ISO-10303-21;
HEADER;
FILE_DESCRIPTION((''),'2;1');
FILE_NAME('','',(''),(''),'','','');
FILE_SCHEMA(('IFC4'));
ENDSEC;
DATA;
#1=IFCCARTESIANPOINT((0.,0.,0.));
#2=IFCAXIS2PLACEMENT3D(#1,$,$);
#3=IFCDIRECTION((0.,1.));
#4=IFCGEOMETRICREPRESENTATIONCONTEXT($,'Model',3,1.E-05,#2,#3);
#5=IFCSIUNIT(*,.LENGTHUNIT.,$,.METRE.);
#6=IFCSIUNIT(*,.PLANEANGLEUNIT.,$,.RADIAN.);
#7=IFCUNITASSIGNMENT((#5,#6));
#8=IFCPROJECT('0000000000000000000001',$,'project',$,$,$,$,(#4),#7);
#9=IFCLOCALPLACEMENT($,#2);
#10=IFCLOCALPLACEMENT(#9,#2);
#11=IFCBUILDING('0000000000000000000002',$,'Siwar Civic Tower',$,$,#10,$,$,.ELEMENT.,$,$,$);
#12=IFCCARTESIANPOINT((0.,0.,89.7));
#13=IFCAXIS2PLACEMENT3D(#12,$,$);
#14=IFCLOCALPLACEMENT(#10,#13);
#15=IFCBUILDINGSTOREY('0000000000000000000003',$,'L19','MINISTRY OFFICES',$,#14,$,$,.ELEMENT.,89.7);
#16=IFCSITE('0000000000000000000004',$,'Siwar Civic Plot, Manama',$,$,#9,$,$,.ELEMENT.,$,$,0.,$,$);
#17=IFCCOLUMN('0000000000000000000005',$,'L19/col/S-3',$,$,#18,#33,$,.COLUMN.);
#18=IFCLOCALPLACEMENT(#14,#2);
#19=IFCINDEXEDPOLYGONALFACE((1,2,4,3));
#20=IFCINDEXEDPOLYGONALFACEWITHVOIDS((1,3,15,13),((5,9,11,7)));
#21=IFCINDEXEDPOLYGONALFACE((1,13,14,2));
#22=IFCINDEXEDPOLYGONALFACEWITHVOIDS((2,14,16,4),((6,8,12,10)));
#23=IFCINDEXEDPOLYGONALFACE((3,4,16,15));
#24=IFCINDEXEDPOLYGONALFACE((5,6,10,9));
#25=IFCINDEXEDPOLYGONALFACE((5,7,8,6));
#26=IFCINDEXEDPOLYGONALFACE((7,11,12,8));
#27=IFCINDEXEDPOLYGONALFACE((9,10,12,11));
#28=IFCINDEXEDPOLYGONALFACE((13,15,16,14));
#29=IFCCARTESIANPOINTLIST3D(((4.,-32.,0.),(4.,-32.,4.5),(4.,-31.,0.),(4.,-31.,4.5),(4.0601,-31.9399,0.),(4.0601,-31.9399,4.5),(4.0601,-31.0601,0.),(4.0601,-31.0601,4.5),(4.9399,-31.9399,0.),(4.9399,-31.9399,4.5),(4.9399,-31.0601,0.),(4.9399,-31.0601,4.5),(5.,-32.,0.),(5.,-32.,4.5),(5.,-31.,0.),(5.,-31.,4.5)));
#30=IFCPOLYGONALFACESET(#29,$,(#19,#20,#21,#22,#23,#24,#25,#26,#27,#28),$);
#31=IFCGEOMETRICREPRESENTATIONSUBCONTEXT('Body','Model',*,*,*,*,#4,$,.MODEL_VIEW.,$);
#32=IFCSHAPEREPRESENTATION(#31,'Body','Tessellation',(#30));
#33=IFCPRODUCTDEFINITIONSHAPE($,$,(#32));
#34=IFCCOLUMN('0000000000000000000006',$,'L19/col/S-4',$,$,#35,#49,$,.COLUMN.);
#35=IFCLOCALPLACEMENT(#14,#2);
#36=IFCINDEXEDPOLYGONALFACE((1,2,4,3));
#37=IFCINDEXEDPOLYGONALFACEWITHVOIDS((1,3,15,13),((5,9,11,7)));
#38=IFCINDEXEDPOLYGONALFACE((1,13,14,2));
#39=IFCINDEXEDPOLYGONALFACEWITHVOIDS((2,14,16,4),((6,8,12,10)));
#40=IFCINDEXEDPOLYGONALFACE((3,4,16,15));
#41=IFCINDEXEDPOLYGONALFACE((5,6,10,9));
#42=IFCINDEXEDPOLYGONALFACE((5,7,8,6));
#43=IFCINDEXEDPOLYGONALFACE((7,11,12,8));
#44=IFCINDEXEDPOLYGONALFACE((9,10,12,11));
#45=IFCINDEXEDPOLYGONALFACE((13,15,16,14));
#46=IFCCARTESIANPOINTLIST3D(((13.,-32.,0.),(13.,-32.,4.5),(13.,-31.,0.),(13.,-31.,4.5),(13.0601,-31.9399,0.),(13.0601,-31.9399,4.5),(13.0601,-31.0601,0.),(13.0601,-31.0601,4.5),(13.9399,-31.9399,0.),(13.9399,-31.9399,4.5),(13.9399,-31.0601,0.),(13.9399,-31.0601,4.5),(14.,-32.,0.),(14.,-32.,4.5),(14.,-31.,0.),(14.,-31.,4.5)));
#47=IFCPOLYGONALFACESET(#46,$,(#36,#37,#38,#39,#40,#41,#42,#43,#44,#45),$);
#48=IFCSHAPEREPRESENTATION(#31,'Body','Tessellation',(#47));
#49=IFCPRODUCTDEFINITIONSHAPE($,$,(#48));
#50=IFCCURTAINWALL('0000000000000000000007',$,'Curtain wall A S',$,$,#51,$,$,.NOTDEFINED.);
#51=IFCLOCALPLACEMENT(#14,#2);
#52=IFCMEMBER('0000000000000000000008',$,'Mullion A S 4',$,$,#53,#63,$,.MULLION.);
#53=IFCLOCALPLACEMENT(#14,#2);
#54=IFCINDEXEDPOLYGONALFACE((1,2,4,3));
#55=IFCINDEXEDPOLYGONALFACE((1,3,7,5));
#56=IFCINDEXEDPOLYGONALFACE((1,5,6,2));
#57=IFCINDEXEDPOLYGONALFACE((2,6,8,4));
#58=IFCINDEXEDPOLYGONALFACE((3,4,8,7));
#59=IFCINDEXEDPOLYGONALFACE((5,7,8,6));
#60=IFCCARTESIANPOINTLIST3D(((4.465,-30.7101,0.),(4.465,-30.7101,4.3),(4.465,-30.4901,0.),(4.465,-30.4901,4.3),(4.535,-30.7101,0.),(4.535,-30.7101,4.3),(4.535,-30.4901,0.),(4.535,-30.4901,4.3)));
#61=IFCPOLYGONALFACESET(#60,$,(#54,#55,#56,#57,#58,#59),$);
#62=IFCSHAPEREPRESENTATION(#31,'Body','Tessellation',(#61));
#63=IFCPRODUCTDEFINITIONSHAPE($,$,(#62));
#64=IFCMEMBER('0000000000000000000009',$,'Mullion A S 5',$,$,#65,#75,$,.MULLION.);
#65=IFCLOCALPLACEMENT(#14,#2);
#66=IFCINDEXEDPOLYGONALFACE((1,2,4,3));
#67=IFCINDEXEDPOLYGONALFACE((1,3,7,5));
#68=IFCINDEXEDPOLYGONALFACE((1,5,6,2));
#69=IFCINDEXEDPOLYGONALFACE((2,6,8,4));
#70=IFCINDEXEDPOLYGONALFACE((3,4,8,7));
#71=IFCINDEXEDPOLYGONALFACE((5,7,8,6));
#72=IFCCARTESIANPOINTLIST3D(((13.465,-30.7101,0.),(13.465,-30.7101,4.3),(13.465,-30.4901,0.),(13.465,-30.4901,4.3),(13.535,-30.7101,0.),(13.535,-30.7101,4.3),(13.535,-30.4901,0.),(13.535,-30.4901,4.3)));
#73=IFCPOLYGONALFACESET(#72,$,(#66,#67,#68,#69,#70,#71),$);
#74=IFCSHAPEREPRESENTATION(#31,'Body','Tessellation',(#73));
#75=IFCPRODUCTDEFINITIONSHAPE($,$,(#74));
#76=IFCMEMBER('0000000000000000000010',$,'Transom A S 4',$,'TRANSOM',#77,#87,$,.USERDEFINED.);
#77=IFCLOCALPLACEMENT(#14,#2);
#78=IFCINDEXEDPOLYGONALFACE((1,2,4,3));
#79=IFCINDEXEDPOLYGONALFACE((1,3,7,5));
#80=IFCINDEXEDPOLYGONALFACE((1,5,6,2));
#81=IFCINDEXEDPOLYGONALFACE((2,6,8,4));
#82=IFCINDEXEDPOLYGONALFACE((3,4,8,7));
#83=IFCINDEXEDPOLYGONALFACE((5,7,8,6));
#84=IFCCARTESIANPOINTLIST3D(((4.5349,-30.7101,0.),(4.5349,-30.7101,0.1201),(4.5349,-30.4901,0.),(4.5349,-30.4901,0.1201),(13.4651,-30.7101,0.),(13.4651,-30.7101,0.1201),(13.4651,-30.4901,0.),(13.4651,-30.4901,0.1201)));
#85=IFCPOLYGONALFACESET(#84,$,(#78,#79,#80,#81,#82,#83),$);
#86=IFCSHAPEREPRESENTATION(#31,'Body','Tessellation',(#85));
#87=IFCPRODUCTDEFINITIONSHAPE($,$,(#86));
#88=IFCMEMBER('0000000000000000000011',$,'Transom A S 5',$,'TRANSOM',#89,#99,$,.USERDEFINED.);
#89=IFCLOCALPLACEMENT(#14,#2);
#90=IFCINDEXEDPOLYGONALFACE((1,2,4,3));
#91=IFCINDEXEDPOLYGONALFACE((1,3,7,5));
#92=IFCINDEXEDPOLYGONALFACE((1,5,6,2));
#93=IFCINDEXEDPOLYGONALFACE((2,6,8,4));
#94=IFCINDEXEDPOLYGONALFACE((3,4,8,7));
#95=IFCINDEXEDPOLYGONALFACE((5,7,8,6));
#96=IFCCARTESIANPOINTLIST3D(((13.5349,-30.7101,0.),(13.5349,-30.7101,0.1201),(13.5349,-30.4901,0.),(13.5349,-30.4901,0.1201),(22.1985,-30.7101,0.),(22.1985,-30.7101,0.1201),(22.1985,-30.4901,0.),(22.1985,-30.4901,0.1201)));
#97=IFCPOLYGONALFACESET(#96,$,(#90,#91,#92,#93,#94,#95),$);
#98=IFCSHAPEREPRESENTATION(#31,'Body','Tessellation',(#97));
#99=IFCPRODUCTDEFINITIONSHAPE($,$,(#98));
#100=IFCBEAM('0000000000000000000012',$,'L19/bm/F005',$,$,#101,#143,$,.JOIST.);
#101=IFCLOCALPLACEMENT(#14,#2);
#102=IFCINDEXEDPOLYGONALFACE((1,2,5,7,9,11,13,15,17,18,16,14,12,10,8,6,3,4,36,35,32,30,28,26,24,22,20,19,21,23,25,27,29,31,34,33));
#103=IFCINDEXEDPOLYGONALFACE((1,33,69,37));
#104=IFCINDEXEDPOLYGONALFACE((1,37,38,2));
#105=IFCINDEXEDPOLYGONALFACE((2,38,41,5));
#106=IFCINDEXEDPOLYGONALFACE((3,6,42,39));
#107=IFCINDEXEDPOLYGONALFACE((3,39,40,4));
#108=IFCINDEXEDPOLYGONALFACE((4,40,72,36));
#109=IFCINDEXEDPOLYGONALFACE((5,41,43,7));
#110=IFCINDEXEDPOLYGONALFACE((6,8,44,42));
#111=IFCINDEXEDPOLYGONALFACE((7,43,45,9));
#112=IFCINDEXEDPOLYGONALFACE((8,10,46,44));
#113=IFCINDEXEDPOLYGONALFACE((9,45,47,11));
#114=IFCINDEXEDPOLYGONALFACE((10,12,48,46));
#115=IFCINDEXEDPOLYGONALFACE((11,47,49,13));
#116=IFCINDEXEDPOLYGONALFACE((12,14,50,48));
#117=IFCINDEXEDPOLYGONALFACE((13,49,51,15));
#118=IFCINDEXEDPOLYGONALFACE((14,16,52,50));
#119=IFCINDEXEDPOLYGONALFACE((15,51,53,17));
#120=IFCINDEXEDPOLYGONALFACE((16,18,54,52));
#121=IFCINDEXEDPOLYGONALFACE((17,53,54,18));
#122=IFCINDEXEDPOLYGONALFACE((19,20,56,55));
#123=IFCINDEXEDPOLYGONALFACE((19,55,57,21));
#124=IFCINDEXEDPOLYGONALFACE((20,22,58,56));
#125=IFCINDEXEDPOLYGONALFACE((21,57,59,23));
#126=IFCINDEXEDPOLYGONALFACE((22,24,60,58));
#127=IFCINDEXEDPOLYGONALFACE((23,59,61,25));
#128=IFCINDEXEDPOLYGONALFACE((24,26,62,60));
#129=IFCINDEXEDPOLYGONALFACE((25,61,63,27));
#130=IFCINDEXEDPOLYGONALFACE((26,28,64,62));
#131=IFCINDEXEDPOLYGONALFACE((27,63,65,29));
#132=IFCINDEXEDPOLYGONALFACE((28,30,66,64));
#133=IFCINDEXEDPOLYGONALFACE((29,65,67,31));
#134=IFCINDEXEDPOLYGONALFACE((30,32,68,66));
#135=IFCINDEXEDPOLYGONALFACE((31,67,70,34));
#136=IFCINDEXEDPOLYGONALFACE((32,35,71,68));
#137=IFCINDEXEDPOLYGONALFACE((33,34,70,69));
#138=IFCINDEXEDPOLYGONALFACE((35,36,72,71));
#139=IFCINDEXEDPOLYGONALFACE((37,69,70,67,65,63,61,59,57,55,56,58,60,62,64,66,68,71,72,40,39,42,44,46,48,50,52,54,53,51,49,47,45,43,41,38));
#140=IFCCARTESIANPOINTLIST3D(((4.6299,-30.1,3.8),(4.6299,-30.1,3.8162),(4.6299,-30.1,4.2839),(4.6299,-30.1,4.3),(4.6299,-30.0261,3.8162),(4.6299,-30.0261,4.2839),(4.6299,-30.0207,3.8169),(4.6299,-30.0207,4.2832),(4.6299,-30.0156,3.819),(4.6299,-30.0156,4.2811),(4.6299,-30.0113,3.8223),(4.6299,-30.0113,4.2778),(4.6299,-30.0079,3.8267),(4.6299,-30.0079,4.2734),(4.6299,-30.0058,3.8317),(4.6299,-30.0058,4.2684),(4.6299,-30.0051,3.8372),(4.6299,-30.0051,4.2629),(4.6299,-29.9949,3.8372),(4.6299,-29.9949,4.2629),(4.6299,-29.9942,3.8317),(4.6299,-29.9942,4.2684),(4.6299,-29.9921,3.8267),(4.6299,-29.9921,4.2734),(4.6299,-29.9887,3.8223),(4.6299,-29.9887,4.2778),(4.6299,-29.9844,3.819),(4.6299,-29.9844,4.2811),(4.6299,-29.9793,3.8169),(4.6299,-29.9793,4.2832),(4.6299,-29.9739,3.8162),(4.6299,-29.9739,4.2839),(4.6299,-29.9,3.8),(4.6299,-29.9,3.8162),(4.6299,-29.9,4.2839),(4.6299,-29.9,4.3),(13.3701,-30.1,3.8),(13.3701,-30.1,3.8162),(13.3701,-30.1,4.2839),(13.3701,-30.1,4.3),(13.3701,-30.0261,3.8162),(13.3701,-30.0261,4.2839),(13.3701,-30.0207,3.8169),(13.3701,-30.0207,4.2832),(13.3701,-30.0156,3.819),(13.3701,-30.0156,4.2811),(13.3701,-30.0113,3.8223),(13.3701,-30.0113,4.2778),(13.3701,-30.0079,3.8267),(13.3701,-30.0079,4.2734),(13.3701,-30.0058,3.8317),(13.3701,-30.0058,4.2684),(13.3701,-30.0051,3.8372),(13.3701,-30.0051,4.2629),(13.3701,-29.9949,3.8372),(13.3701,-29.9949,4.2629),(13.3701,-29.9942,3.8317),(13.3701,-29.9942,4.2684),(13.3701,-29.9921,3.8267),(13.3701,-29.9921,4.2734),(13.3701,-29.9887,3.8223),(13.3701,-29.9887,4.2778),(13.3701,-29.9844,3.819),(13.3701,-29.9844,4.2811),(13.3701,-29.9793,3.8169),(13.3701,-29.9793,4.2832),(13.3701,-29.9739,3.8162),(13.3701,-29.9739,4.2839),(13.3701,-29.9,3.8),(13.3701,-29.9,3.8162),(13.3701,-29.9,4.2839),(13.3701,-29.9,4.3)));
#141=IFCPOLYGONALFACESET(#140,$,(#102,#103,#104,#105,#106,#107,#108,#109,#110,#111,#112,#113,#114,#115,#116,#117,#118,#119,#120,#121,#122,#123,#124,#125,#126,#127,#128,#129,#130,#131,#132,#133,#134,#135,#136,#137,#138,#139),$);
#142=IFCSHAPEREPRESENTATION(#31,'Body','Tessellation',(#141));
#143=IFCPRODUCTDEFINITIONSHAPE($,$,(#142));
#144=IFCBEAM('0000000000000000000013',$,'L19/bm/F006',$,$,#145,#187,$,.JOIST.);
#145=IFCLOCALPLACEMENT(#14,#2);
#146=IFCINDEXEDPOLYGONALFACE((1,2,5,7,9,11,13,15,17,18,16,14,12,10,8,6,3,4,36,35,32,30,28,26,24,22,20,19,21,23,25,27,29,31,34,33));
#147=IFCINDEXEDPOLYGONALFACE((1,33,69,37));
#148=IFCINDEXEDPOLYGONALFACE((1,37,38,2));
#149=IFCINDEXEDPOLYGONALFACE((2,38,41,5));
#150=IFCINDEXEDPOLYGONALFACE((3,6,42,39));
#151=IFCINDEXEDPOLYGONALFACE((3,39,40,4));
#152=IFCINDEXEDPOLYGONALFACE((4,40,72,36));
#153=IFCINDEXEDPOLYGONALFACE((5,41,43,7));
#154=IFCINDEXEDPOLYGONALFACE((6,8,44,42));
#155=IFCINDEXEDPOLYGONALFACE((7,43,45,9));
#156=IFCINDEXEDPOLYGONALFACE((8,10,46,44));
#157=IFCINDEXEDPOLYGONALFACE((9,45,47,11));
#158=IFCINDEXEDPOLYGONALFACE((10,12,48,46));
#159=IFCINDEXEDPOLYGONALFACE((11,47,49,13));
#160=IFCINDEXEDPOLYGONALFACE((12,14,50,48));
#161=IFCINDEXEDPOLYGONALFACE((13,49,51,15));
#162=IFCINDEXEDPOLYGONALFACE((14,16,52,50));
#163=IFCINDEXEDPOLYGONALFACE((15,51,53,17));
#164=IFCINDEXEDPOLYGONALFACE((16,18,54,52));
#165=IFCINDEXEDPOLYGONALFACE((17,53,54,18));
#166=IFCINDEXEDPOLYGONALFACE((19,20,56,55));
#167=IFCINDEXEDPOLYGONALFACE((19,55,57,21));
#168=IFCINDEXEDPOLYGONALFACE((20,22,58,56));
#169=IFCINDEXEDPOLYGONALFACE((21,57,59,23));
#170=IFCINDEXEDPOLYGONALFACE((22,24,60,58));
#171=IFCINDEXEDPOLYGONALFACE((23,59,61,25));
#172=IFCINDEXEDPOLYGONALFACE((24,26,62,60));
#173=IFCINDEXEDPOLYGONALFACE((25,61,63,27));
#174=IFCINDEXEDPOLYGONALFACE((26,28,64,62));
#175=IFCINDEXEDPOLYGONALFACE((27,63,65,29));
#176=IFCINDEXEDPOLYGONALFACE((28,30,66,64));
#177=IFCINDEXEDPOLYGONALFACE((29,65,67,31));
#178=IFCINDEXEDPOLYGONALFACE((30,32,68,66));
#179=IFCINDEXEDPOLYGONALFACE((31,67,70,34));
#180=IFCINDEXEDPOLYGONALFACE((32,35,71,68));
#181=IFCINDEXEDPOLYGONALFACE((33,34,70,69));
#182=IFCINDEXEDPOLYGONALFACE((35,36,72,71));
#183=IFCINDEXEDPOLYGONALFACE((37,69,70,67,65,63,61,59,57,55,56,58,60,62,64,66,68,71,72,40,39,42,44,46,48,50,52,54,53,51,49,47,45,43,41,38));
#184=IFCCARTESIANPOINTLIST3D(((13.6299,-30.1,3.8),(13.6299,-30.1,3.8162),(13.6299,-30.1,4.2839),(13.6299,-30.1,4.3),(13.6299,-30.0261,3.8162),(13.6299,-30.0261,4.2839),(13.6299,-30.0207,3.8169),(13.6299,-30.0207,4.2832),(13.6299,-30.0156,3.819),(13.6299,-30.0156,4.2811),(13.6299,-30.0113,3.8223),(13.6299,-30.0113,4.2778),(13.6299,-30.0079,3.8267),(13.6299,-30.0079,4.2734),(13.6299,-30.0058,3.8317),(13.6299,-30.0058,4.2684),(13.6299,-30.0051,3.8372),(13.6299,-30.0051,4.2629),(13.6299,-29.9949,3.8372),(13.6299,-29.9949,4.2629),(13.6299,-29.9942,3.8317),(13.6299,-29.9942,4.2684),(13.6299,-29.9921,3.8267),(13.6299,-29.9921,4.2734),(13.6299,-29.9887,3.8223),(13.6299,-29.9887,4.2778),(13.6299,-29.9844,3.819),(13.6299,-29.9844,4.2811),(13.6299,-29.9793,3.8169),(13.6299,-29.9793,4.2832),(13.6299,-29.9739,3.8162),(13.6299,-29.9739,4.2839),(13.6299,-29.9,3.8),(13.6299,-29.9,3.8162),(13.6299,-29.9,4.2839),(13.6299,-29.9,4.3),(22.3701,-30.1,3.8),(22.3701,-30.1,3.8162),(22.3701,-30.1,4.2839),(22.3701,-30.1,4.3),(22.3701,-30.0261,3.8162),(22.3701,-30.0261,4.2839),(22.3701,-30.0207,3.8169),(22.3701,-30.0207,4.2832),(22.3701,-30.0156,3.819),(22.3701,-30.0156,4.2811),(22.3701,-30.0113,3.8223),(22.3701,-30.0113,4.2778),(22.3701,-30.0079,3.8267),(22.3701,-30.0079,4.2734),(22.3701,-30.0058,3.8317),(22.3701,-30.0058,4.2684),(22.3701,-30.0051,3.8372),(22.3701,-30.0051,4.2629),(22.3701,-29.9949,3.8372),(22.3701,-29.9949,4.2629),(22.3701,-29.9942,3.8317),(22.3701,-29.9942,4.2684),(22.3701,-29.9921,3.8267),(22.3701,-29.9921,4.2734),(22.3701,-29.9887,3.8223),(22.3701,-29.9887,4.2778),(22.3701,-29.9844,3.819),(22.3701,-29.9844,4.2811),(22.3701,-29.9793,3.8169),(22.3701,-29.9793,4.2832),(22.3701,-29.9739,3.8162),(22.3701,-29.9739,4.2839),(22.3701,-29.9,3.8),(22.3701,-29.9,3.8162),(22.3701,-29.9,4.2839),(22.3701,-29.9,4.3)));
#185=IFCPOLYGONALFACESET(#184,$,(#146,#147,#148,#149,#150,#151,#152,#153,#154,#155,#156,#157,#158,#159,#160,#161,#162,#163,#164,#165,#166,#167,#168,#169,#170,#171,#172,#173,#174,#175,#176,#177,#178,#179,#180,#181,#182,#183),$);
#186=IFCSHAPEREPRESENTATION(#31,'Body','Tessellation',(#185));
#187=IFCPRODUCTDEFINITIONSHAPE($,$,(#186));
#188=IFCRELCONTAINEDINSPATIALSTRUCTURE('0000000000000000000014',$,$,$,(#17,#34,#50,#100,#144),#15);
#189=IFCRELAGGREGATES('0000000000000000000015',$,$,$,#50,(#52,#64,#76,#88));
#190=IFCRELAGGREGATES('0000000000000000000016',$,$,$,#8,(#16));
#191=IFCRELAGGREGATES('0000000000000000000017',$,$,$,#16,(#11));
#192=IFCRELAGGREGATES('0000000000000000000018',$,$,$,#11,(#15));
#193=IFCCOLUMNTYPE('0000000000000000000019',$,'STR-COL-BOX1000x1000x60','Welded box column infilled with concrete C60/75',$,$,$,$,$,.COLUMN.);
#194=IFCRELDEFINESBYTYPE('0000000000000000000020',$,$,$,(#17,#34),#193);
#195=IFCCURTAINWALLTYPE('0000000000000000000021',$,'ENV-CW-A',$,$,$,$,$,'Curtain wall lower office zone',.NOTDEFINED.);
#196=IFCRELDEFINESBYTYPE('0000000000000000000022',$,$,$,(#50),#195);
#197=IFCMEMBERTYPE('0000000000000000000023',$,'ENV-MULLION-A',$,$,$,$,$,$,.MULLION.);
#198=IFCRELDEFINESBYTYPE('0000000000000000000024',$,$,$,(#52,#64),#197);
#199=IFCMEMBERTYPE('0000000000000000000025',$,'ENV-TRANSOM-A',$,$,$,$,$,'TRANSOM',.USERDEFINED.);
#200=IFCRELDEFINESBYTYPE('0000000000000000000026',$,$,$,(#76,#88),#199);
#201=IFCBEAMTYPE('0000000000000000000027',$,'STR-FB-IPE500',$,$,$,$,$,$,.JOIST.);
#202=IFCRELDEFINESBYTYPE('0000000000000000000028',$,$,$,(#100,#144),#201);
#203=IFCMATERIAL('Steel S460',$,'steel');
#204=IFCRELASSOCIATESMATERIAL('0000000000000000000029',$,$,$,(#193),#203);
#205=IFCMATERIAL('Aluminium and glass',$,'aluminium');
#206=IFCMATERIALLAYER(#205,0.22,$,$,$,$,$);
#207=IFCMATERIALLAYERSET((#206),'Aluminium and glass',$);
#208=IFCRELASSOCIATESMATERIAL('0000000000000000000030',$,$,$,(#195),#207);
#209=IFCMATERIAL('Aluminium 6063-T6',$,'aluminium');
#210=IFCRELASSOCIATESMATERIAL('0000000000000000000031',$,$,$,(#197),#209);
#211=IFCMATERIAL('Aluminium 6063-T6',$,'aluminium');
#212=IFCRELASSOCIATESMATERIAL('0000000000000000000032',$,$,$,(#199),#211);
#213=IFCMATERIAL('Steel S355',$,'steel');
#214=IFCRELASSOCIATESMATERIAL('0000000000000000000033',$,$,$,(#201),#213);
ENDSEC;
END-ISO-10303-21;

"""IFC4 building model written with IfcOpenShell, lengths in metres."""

from ifc_helpers import new_model, si_unit, direction, frame, origin, origin_2d, place, context, subcontext, project, spatial, rectangle, hollow_rectangle, i_section, extrude, material, layer, layer_set, material_profile, profile_set, type_object, element, aggregate, save


model = new_model("IFC4")

# Units and contexts
model_context = context("Model", 3, precision=1e-05, world=origin(), true_north=direction((0.0, 1.0)))
body_context = subcontext(model_context, "Body", "Model", "MODEL_VIEW")
ifc_project = project(units=[si_unit("LENGTHUNIT", "METRE"), si_unit("PLANEANGLEUNIT", "RADIAN")], contexts=[model_context])

# Site, building, storey
site_placement = place(None, origin())
site = spatial("IfcSite", under=ifc_project, at=site_placement, Name="Siwar Civic Plot, Manama", CompositionType="ELEMENT", RefElevation=0.0)
building_placement = place(site_placement, origin())
building = spatial("IfcBuilding", under=site, at=building_placement, Name="Siwar Civic Tower", CompositionType="ELEMENT")
storey_placement = place(building_placement, frame((0.0, 0.0, 89.7)))
storey = spatial("IfcBuildingStorey", under=building, at=storey_placement, Name="L19", Description="MINISTRY OFFICES", CompositionType="ELEMENT", Elevation=89.7)

# Columns
ifc_material_1 = material(Name="Steel S460", Category="steel")
ifc_material_profile_1 = material_profile(ifc_material_1, hollow_rectangle(XDim=1.0, YDim=1.0, WallThickness=0.0601, at=origin_2d()), Name="BOX1000x1000x60")
ifc_profile_set_1 = profile_set([ifc_material_profile_1], Name="Steel S460")
column_type = type_object("IfcColumnType", Name="STR-COL-BOX1000x1000x60", Description="Welded box column infilled with concrete C60/75", PredefinedType="COLUMN", material=ifc_profile_set_1)
for number, where, z_axis, x_axis, name in (
    (1, (4.5, -31.5, 0.0), (0.0, 0.0, 1.0), (1.0, 0.0, 0.0), "L19/col/S-3"),
    (2, (13.5, -31.5, 0.0), (0.0, 0.0, 1.0), (1.0, 0.0, 0.0), "L19/col/S-4"),
):
    element("IfcColumn", number, at=place(storey_placement, frame(where, z_axis=z_axis, x_axis=x_axis)), inside=storey, type_object=column_type, Name=name, PredefinedType="COLUMN", context=body_context, shape_type="SweptSolid", body=[
        extrude(hollow_rectangle(XDim=1.0, YDim=1.0, WallThickness=0.0601, at=origin_2d()), origin(), (0.0, 0.0, 1.0), 4.5),
    ])

# Curtain wall, members
ifc_material_2 = material(Name="Aluminium and glass", Category="aluminium")
ifc_layer_1 = layer(ifc_material_2, 0.22)
ifc_layer_set_1 = layer_set([ifc_layer_1], Name="Aluminium and glass")
curtain_wall_type = type_object("IfcCurtainWallType", Name="ENV-CW-A", ElementType="Curtain wall lower office zone", PredefinedType="NOTDEFINED", material=ifc_layer_set_1)
curtain_wall_placement = place(storey_placement, origin())
curtain_wall = element("IfcCurtainWall", 3, at=curtain_wall_placement, inside=storey, type_object=curtain_wall_type, Name="Curtain wall A S", PredefinedType="NOTDEFINED")
ifc_material_3 = material(Name="Aluminium 6063-T6", Category="aluminium")
ifc_material_profile_2 = material_profile(ifc_material_3, rectangle(XDim=0.22, YDim=0.0701, at=origin_2d()), Name="AL 220x70")
ifc_profile_set_2 = profile_set([ifc_material_profile_2], Name="Aluminium 6063-T6")
member_type_1 = type_object("IfcMemberType", Name="ENV-MULLION-A", PredefinedType="MULLION", material=ifc_profile_set_2)
member_1_placement = place(storey_placement, frame((4.5, -30.6001, 0.0), z_axis=(0.0, 0.0, 1.0), x_axis=(0.0, 1.0, 0.0)))
member_1 = element("IfcMember", 4, at=member_1_placement, type_object=member_type_1, Name="Mullion A S 4", PredefinedType="MULLION", context=body_context, shape_type="SweptSolid", body=[
    extrude(rectangle(XDim=0.22, YDim=0.0701, at=origin_2d()), origin(), (0.0, 0.0, 1.0), 4.3),
])
member_2_placement = place(storey_placement, frame((13.5, -30.6001, 0.0), z_axis=(0.0, 0.0, 1.0), x_axis=(0.0, 1.0, 0.0)))
member_2 = element("IfcMember", 5, at=member_2_placement, type_object=member_type_1, Name="Mullion A S 5", PredefinedType="MULLION", context=body_context, shape_type="SweptSolid", body=[
    extrude(rectangle(XDim=0.22, YDim=0.0701, at=origin_2d()), origin(), (0.0, 0.0, 1.0), 4.3),
])
ifc_material_4 = material(Name="Aluminium 6063-T6", Category="aluminium")
ifc_material_profile_3 = material_profile(ifc_material_4, rectangle(XDim=0.22, YDim=0.1201, at=origin_2d()), Name="AL 220x120")
ifc_profile_set_3 = profile_set([ifc_material_profile_3], Name="Aluminium 6063-T6")
member_type_2 = type_object("IfcMemberType", Name="ENV-TRANSOM-A", ElementType="TRANSOM", PredefinedType="USERDEFINED", material=ifc_profile_set_3)
member_3_placement = place(storey_placement, frame((4.5349, -30.6001, 0.0601), z_axis=(1.0, 0.0, 0.0), x_axis=(0.0, 1.0, 0.0)))
member_3 = element("IfcMember", 6, at=member_3_placement, type_object=member_type_2, Name="Transom A S 4", ObjectType="TRANSOM", PredefinedType="USERDEFINED", context=body_context, shape_type="SweptSolid", body=[
    extrude(rectangle(XDim=0.22, YDim=0.1201, at=origin_2d()), origin(), (0.0, 0.0, 1.0), 8.9302),
])
member_4_placement = place(storey_placement, frame((13.5349, -30.6001, 0.0601), z_axis=(1.0, 0.0, 0.0), x_axis=(0.0, 1.0, 0.0)))
member_4 = element("IfcMember", 7, at=member_4_placement, type_object=member_type_2, Name="Transom A S 5", ObjectType="TRANSOM", PredefinedType="USERDEFINED", context=body_context, shape_type="SweptSolid", body=[
    extrude(rectangle(XDim=0.22, YDim=0.1201, at=origin_2d()), origin(), (0.0, 0.0, 1.0), 8.6636),
])

# Beams
ifc_material_5 = material(Name="Steel S355", Category="steel")
ifc_material_profile_4 = material_profile(ifc_material_5, i_section(OverallWidth=0.2, OverallDepth=0.5, WebThickness=0.0103, FlangeThickness=0.0161, FilletRadius=0.021, at=origin_2d()), Name="IPE500")
ifc_profile_set_4 = profile_set([ifc_material_profile_4], Name="Steel S355")
beam_type_1 = type_object("IfcBeamType", Name="STR-FB-IPE500", PredefinedType="JOIST", material=ifc_profile_set_4)
for number, where, z_axis, x_axis, name in (
    (8, (4.6299, -30.0, 4.05), (1.0, 0.0, 0.0), (0.0, 1.0, 0.0), "L19/bm/F005"),
    (9, (13.6299, -30.0, 4.05), (1.0, 0.0, 0.0), (0.0, 1.0, 0.0), "L19/bm/F006"),
):
    element("IfcBeam", number, at=place(storey_placement, frame(where, z_axis=z_axis, x_axis=x_axis)), inside=storey, type_object=beam_type_1, Name=name, PredefinedType="JOIST", context=body_context, shape_type="SweptSolid", body=[
        extrude(i_section(OverallWidth=0.2, OverallDepth=0.5, WebThickness=0.0103, FlangeThickness=0.0161, FilletRadius=0.021, at=origin_2d()), origin(), (0.0, 0.0, 1.0), 8.7402),
    ])

aggregate(curtain_wall, [member_1, member_2, member_3, member_4])

save(model, "model.ifc")
